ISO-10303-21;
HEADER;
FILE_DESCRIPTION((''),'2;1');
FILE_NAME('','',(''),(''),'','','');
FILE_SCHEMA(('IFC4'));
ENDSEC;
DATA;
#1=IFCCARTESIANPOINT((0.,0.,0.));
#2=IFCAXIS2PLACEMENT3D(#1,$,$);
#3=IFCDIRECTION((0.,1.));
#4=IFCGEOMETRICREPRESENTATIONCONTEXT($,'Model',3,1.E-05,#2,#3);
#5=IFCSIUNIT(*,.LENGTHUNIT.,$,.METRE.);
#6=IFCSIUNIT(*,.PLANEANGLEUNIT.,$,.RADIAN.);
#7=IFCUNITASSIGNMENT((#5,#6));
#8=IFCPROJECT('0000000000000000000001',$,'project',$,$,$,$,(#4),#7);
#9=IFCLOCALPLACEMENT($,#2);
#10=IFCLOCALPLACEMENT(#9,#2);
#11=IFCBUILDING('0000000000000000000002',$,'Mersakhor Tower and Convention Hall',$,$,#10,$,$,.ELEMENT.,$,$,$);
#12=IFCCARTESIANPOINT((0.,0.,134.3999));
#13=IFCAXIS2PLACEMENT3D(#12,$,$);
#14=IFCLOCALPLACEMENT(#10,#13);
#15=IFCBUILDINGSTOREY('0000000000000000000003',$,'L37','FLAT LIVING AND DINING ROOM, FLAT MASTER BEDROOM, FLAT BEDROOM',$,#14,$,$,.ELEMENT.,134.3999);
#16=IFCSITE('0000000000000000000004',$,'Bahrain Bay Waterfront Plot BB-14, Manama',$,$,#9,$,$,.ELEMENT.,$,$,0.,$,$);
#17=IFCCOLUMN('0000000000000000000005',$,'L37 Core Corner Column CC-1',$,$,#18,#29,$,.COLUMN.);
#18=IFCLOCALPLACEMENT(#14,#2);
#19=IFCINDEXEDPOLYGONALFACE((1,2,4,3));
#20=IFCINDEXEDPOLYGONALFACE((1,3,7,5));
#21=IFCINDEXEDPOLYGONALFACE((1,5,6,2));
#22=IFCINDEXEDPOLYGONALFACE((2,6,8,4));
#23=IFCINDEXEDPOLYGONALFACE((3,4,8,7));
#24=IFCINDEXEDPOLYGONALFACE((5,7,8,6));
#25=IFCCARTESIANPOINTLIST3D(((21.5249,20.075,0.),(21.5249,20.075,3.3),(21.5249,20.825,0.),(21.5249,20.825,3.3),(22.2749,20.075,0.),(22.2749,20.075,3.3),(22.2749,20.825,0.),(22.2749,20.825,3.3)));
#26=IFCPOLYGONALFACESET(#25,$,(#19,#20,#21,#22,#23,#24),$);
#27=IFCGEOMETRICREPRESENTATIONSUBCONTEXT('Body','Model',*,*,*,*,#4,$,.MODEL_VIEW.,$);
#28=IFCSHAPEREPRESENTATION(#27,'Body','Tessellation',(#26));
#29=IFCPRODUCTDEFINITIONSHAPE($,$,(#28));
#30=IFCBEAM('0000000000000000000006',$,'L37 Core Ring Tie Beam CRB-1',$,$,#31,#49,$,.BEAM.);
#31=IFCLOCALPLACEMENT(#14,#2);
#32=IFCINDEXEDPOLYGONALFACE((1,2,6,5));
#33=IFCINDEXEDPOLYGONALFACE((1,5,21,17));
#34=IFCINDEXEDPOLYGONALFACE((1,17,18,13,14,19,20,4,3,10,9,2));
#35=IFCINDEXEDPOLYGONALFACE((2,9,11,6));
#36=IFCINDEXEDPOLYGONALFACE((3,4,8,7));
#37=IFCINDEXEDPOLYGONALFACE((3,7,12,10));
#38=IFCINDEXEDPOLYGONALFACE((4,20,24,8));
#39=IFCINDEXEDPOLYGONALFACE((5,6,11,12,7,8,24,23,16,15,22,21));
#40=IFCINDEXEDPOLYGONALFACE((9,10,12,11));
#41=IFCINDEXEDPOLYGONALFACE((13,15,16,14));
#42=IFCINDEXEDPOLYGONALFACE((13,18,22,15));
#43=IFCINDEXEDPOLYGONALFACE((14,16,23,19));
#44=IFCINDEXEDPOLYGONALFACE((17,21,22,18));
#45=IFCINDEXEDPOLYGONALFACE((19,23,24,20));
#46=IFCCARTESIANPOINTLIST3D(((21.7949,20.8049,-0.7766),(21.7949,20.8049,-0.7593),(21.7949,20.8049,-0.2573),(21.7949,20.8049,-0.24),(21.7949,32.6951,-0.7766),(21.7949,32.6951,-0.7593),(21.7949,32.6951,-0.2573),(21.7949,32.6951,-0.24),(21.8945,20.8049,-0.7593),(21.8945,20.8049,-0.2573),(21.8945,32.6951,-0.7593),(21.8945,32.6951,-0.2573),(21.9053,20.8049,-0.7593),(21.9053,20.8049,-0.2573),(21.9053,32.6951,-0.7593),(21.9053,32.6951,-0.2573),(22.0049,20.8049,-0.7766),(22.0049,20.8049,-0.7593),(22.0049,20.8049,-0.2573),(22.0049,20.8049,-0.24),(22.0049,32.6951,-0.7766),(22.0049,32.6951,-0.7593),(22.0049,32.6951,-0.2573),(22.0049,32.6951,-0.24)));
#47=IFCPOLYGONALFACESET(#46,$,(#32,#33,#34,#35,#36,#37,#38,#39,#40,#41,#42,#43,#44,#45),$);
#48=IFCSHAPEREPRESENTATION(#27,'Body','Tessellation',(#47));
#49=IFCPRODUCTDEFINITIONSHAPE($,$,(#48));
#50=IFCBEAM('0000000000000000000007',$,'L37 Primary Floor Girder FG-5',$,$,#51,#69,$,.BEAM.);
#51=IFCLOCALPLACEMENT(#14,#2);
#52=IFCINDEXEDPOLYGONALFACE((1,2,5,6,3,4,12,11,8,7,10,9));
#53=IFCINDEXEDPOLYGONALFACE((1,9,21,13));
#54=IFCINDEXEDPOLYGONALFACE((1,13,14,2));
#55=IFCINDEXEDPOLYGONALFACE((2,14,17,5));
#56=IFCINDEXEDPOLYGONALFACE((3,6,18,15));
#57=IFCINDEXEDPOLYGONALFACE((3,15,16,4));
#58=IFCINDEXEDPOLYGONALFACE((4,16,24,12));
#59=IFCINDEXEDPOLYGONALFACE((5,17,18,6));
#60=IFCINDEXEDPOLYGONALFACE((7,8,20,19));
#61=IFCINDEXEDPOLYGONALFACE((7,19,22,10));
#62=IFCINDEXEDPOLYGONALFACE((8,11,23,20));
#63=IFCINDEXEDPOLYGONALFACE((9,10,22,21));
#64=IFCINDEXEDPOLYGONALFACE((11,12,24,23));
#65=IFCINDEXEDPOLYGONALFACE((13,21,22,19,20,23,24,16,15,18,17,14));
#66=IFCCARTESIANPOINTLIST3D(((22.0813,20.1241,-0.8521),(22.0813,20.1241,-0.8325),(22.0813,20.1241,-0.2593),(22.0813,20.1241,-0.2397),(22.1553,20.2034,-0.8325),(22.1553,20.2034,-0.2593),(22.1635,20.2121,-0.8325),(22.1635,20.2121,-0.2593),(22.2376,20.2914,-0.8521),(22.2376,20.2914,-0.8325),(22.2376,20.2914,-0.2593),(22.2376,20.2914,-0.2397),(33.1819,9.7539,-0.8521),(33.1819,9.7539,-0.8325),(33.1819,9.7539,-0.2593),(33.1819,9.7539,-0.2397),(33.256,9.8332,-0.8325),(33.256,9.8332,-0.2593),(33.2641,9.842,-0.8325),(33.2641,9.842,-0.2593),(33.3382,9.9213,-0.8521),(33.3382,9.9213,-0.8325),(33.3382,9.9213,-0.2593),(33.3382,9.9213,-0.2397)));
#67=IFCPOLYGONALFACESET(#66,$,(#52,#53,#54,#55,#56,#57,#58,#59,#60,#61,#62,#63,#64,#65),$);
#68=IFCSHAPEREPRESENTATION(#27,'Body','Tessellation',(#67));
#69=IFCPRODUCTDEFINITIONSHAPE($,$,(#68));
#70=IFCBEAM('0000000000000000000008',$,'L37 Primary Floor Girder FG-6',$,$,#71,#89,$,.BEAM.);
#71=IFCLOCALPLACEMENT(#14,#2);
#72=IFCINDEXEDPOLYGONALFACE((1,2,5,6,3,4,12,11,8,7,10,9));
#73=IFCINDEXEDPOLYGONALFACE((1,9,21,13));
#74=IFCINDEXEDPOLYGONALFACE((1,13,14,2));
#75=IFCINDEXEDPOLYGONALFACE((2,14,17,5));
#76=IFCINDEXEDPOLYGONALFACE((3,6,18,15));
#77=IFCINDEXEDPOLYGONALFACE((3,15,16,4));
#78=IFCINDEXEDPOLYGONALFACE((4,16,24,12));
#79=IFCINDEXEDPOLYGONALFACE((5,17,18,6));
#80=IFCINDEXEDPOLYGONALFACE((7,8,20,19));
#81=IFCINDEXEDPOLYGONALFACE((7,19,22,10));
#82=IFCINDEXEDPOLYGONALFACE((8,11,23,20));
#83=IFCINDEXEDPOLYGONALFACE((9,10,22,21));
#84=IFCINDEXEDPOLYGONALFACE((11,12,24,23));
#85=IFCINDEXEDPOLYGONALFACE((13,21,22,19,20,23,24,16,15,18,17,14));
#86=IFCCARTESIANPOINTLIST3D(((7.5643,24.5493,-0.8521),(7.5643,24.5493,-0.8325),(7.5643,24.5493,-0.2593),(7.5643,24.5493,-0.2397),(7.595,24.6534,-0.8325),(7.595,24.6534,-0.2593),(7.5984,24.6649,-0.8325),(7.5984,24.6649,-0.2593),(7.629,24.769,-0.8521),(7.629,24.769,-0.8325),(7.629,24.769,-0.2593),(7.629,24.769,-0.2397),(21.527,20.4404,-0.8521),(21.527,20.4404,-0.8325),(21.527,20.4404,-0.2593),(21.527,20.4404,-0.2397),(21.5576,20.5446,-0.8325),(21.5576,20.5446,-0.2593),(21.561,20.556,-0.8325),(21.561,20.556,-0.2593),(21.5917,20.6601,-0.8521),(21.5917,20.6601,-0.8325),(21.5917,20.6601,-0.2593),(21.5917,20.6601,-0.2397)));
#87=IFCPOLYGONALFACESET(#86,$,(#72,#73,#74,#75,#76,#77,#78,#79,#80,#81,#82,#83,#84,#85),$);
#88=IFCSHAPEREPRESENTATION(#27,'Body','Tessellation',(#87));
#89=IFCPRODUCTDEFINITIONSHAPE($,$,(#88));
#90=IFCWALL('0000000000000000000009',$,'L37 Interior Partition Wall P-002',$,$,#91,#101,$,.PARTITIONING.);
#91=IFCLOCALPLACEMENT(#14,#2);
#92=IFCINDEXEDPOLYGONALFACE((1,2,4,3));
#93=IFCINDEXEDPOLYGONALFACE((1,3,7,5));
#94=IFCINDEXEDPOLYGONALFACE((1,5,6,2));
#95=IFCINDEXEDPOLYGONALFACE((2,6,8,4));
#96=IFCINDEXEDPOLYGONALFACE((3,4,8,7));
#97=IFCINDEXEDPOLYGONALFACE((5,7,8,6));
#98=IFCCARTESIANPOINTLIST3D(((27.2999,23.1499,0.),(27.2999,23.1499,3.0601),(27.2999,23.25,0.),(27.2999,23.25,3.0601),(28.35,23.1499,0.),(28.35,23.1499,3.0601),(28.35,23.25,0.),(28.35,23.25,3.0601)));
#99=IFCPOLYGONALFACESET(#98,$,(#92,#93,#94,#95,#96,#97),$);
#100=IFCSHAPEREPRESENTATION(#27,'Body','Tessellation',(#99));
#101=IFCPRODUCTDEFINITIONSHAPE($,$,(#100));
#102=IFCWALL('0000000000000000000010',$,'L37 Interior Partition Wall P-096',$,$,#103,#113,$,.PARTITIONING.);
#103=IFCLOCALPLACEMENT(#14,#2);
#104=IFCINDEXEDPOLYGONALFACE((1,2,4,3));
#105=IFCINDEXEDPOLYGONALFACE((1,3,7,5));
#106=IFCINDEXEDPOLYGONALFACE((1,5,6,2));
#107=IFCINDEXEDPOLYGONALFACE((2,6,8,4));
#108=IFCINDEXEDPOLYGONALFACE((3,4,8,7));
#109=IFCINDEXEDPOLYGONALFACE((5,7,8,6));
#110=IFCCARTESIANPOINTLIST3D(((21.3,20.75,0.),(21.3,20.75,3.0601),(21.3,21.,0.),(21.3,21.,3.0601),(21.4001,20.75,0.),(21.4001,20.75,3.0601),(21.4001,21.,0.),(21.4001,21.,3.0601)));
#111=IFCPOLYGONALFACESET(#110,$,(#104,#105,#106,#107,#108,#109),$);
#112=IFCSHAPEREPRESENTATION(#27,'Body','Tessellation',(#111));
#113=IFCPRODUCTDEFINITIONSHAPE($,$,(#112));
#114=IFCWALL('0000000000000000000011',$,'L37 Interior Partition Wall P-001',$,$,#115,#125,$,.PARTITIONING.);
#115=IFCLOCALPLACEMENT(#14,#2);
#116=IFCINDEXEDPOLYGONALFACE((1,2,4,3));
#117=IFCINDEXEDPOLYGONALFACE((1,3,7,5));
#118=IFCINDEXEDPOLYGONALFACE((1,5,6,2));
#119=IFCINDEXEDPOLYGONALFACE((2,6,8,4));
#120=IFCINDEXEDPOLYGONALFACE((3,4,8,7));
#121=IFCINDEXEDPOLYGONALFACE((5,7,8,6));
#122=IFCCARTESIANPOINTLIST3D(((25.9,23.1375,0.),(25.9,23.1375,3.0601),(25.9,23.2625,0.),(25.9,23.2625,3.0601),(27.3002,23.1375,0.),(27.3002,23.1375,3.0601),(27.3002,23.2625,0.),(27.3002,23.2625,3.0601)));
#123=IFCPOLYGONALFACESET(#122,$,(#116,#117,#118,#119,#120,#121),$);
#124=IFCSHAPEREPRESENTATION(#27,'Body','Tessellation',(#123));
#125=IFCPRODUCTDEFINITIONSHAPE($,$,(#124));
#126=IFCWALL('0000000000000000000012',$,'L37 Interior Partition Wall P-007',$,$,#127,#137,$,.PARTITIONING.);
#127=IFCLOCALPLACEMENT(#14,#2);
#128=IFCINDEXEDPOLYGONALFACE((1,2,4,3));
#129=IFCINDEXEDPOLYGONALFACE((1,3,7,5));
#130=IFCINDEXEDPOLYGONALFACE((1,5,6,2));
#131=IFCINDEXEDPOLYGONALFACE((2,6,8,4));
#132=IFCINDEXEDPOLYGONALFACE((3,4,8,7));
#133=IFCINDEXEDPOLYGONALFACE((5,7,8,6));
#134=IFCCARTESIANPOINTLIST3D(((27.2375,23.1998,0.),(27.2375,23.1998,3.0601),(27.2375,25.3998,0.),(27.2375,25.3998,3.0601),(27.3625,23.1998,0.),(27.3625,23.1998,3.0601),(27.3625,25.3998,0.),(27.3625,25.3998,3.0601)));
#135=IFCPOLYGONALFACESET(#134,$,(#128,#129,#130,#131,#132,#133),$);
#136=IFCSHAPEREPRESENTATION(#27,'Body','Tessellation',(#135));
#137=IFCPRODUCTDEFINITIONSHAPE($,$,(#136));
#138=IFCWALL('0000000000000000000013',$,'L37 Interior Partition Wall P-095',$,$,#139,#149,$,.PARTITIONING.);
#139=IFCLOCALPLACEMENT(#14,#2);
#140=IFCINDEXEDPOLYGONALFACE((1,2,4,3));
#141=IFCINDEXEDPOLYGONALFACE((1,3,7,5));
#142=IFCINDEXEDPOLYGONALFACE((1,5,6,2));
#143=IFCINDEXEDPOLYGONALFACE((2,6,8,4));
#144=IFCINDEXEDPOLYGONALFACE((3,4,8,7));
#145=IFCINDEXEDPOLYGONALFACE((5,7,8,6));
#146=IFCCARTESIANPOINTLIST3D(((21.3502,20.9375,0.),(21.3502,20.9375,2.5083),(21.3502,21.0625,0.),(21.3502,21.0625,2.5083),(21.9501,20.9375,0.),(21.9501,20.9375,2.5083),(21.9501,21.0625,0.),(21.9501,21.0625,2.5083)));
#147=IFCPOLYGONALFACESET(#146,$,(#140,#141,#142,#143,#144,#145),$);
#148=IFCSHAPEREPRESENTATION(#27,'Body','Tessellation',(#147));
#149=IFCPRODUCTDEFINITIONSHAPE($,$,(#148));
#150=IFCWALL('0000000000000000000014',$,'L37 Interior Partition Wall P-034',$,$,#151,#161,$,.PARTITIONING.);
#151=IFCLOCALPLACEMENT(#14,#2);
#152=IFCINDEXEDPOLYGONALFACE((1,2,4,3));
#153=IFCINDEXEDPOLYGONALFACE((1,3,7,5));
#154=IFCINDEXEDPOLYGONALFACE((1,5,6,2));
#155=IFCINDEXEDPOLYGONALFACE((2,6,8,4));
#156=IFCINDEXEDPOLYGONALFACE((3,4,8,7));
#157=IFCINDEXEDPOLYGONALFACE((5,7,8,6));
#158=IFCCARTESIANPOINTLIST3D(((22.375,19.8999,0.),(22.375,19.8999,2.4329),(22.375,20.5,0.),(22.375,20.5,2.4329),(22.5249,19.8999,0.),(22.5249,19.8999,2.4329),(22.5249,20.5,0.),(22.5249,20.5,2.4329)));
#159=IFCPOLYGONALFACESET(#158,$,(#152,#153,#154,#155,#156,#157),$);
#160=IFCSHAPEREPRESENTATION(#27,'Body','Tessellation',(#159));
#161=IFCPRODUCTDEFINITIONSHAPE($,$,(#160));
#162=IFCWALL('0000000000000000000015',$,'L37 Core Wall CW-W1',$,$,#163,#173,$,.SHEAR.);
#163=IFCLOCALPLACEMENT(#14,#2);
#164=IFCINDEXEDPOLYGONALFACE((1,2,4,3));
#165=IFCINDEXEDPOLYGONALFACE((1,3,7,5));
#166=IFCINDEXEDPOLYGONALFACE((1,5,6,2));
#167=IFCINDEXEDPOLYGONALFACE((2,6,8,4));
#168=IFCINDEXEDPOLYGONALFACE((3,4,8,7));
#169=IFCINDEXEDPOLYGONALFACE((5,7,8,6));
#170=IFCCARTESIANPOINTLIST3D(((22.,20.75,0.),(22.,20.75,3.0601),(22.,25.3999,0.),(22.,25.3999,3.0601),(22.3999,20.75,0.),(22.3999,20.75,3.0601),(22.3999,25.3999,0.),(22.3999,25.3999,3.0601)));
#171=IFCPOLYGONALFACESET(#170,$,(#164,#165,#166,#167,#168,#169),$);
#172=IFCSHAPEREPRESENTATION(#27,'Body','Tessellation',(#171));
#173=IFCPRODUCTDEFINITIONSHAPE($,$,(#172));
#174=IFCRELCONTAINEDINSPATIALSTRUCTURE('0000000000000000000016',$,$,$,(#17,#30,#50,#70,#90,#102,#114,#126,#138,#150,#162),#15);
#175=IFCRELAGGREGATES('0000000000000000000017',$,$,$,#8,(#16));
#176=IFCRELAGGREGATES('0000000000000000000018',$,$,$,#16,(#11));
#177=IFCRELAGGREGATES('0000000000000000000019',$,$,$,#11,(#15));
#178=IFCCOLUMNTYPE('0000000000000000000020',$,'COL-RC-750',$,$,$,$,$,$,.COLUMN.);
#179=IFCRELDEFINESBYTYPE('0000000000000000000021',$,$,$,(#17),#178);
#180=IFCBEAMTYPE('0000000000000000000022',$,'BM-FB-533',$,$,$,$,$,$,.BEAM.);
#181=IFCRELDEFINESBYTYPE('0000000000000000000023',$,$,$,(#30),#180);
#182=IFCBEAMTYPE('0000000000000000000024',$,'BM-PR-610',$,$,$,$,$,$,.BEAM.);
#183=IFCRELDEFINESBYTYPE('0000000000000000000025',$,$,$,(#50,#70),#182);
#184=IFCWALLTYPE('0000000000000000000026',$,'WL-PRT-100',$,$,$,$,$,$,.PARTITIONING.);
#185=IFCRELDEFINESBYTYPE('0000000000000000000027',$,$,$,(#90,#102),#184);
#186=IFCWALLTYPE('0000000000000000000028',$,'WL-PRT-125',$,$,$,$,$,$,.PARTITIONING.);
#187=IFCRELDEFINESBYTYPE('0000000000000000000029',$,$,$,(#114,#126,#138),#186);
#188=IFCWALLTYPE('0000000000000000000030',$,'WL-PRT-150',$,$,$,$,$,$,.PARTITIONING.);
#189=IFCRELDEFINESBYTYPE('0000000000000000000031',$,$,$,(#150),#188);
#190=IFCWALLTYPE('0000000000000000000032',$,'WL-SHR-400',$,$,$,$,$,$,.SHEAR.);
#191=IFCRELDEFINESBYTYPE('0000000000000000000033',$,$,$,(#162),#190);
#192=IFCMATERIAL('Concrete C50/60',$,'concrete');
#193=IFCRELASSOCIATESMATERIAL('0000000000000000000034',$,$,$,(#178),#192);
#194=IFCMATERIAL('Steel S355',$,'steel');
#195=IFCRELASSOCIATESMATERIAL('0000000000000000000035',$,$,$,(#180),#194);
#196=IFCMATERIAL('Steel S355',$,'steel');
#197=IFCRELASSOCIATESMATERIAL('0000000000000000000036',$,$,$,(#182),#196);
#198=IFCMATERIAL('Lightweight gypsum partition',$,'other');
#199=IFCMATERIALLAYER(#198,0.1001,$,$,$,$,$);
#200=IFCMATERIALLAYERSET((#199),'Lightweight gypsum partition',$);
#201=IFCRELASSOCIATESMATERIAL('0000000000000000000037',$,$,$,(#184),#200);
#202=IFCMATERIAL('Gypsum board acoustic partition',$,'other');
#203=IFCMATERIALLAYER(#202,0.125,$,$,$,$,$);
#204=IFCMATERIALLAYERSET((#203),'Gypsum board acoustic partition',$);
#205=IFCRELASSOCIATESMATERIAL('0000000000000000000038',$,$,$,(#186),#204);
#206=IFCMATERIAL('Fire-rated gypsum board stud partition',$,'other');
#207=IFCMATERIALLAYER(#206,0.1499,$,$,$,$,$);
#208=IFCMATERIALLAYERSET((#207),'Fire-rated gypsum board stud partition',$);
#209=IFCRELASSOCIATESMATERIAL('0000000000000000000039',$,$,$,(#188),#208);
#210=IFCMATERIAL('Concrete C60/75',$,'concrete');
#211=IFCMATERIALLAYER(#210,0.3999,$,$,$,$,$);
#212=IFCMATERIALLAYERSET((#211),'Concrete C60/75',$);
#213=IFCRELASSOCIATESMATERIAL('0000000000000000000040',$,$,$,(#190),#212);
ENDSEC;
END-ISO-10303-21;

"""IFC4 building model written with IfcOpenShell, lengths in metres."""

from ifc_helpers import new_model, si_unit, direction, frame, frame_2d, origin, origin_2d, place, context, subcontext, project, spatial, rectangle, i_section, extrude, material, layer, layer_set, material_profile, profile_set, type_object, element, save


model = new_model("IFC4")

# Units and contexts
model_context = context("Model", 3, precision=1e-05, world=origin(), true_north=direction((0.0, 1.0)))
body_context = subcontext(model_context, "Body", "Model", "MODEL_VIEW")
ifc_project = project(units=[si_unit("LENGTHUNIT", "METRE"), si_unit("PLANEANGLEUNIT", "RADIAN")], contexts=[model_context])

# Site, building, storey
site_placement = place(None, origin())
site = spatial("IfcSite", under=ifc_project, at=site_placement, Name="Bahrain Bay Waterfront Plot BB-14, Manama", CompositionType="ELEMENT", RefElevation=0.0)
building_placement = place(site_placement, origin())
building = spatial("IfcBuilding", under=site, at=building_placement, Name="Mersakhor Tower and Convention Hall", CompositionType="ELEMENT")
storey_placement = place(building_placement, frame((0.0, 0.0, 134.3999)))
storey = spatial("IfcBuildingStorey", under=building, at=storey_placement, Name="L37", Description="FLAT LIVING AND DINING ROOM, FLAT MASTER BEDROOM, FLAT BEDROOM", CompositionType="ELEMENT", Elevation=134.3999)

# Column
ifc_material_1 = material(Name="Concrete C50/60", Category="concrete")
ifc_material_profile_1 = material_profile(ifc_material_1, rectangle(XDim=0.75, YDim=0.75, at=origin_2d()), Name="RC 750x750")
ifc_profile_set_1 = profile_set([ifc_material_profile_1], Name="Concrete C50/60")
column_type = type_object("IfcColumnType", Name="COL-RC-750", PredefinedType="COLUMN", material=ifc_profile_set_1)
column_placement = place(storey_placement, frame((21.8999, 20.45, 0.0), z_axis=(0.0, 0.0, 1.0), x_axis=(1.0, 0.0, 0.0)))
element("IfcColumn", 1, at=column_placement, inside=storey, type_object=column_type, Name="L37 Core Corner Column CC-1", PredefinedType="COLUMN", context=body_context, shape_type="SweptSolid", body=[
    extrude(rectangle(XDim=0.75, YDim=0.75, at=origin_2d()), origin(), (0.0, 0.0, 1.0), 3.3),
])

# Beams
ifc_material_2 = material(Name="Steel S355", Category="steel")
ifc_material_profile_2 = material_profile(ifc_material_2, i_section(OverallWidth=0.21, OverallDepth=0.5366, WebThickness=0.0107, FlangeThickness=0.0173, at=origin_2d()), Name="UB 533x210x101")
ifc_profile_set_2 = profile_set([ifc_material_profile_2], Name="Steel S355")
beam_type_1 = type_object("IfcBeamType", Name="BM-FB-533", PredefinedType="BEAM", material=ifc_profile_set_2)
beam_1_placement = place(storey_placement, frame((21.8999, 20.8049, -0.5083), z_axis=(0.0, 1.0, 0.0), x_axis=(-1.0, 0.0, 0.0)))
element("IfcBeam", 2, at=beam_1_placement, inside=storey, type_object=beam_type_1, Name="L37 Core Ring Tie Beam CRB-1", PredefinedType="BEAM", context=body_context, shape_type="SweptSolid", body=[
    extrude(i_section(OverallWidth=0.21, OverallDepth=0.5366, WebThickness=0.0107, FlangeThickness=0.0173, at=origin_2d()), origin(), (0.0, 0.0, 1.0), 11.8901),
])
ifc_material_3 = material(Name="Steel S355", Category="steel")
ifc_material_profile_3 = material_profile(ifc_material_3, i_section(OverallWidth=0.229, OverallDepth=0.6123, WebThickness=0.012, FlangeThickness=0.0195, at=origin_2d()), Name="UB 610x229x125")
ifc_profile_set_3 = profile_set([ifc_material_profile_3], Name="Steel S355")
beam_type_2 = type_object("IfcBeamType", Name="BM-PR-610", PredefinedType="BEAM", material=ifc_profile_set_3)
beam_2_placement = place(storey_placement, frame((22.1594, 20.2078, -0.5459), z_axis=(0.730741, -0.682655, 0.0), x_axis=(0.682655, 0.730741, 0.0)))
element("IfcBeam", 3, at=beam_2_placement, inside=storey, type_object=beam_type_2, Name="L37 Primary Floor Girder FG-5", PredefinedType="BEAM", context=body_context, shape_type="SweptSolid", body=[
    extrude(i_section(OverallWidth=0.229, OverallDepth=0.6123, WebThickness=0.012, FlangeThickness=0.0195, at=origin_2d()), origin(), (0.0, 0.0, 1.0), 15.1909),
])
beam_3_placement = place(storey_placement, frame((21.5593, 20.5503, -0.5459), z_axis=(-0.959324, 0.282307, 0.0), x_axis=(-0.282307, -0.959324, 0.0)))
element("IfcBeam", 4, at=beam_3_placement, inside=storey, type_object=beam_type_2, Name="L37 Primary Floor Girder FG-6", PredefinedType="BEAM", context=body_context, shape_type="SweptSolid", body=[
    extrude(i_section(OverallWidth=0.229, OverallDepth=0.6123, WebThickness=0.012, FlangeThickness=0.0195, at=origin_2d()), origin(), (0.0, 0.0, 1.0), 14.5547),
])

# Walls
ifc_material_4 = material(Name="Lightweight gypsum partition", Category="other")
ifc_layer_1 = layer(ifc_material_4, 0.1001)
ifc_layer_set_1 = layer_set([ifc_layer_1], Name="Lightweight gypsum partition")
wall_type_1 = type_object("IfcWallType", Name="WL-PRT-100", PredefinedType="PARTITIONING", material=ifc_layer_set_1)
wall_1_placement = place(storey_placement, frame((27.3, 23.2, 0.0), z_axis=(0.0, 0.0, 1.0), x_axis=(1.0, 0.0, 0.0)))
element("IfcWall", 5, at=wall_1_placement, inside=storey, type_object=wall_type_1, Name="L37 Interior Partition Wall P-002", PredefinedType="PARTITIONING", context=body_context, shape_type="SweptSolid", body=[
    extrude(rectangle(XDim=1.05, YDim=0.1001, at=frame_2d((0.5249, 0.0))), origin(), (0.0, 0.0, 1.0), 3.0601),
])
wall_2_placement = place(storey_placement, frame((21.3501, 21.0, 0.0), z_axis=(0.0, 0.0, 1.0), x_axis=(0.0, -1.0, 0.0)))
element("IfcWall", 6, at=wall_2_placement, inside=storey, type_object=wall_type_1, Name="L37 Interior Partition Wall P-096", PredefinedType="PARTITIONING", context=body_context, shape_type="SweptSolid", body=[
    extrude(rectangle(XDim=0.25, YDim=0.1001, at=frame_2d((0.125, 0.0))), origin(), (0.0, 0.0, 1.0), 3.0601),
])
ifc_material_5 = material(Name="Gypsum board acoustic partition", Category="other")
ifc_layer_2 = layer(ifc_material_5, 0.125)
ifc_layer_set_2 = layer_set([ifc_layer_2], Name="Gypsum board acoustic partition")
wall_type_2 = type_object("IfcWallType", Name="WL-PRT-125", PredefinedType="PARTITIONING", material=ifc_layer_set_2)
wall_3_placement = place(storey_placement, frame((25.8999, 23.2, 0.0), z_axis=(0.0, 0.0, 1.0), x_axis=(1.0, 0.0, 0.0)))
element("IfcWall", 7, at=wall_3_placement, inside=storey, type_object=wall_type_2, Name="L37 Interior Partition Wall P-001", PredefinedType="PARTITIONING", context=body_context, shape_type="SweptSolid", body=[
    extrude(rectangle(XDim=1.4001, YDim=0.125, at=frame_2d((0.7002, 0.0))), origin(), (0.0, 0.0, 1.0), 3.0601),
])
wall_4_placement = place(storey_placement, frame((27.3, 25.3999, 0.0), z_axis=(0.0, 0.0, 1.0), x_axis=(0.0, -1.0, 0.0)))
element("IfcWall", 8, at=wall_4_placement, inside=storey, type_object=wall_type_2, Name="L37 Interior Partition Wall P-007", PredefinedType="PARTITIONING", context=body_context, shape_type="SweptSolid", body=[
    extrude(rectangle(XDim=2.2, YDim=0.125, at=frame_2d((1.1001, 0.0))), origin(), (0.0, 0.0, 1.0), 3.0601),
])
wall_5_placement = place(storey_placement, frame((21.95, 21.0, 0.0), z_axis=(0.0, 0.0, 1.0), x_axis=(-1.0, 0.0, 0.0)))
element("IfcWall", 9, at=wall_5_placement, inside=storey, type_object=wall_type_2, Name="L37 Interior Partition Wall P-095", PredefinedType="PARTITIONING", context=body_context, shape_type="SweptSolid", body=[
    extrude(rectangle(XDim=0.5999, YDim=0.125, at=frame_2d((0.2998, 0.0))), origin(), (0.0, 0.0, 1.0), 2.5083),
])
ifc_material_6 = material(Name="Fire-rated gypsum board stud partition", Category="other")
ifc_layer_3 = layer(ifc_material_6, 0.1499)
ifc_layer_set_3 = layer_set([ifc_layer_3], Name="Fire-rated gypsum board stud partition")
wall_type_3 = type_object("IfcWallType", Name="WL-PRT-150", PredefinedType="PARTITIONING", material=ifc_layer_set_3)
wall_6_placement = place(storey_placement, frame((22.45, 19.8999, 0.0), z_axis=(0.0, 0.0, 1.0), x_axis=(0.0, 1.0, 0.0)))
element("IfcWall", 10, at=wall_6_placement, inside=storey, type_object=wall_type_3, Name="L37 Interior Partition Wall P-034", PredefinedType="PARTITIONING", context=body_context, shape_type="SweptSolid", body=[
    extrude(rectangle(XDim=0.6001, YDim=0.1499, at=frame_2d((0.3, 0.0))), origin(), (0.0, 0.0, 1.0), 2.4329),
])

# Wall
ifc_material_7 = material(Name="Concrete C60/75", Category="concrete")
ifc_layer_4 = layer(ifc_material_7, 0.3999)
ifc_layer_set_4 = layer_set([ifc_layer_4], Name="Concrete C60/75")
wall_type_4 = type_object("IfcWallType", Name="WL-SHR-400", PredefinedType="SHEAR", material=ifc_layer_set_4)
wall_7_placement = place(storey_placement, frame((22.2, 20.75, 0.0), z_axis=(0.0, 0.0, 1.0), x_axis=(0.0, 1.0, 0.0)))
element("IfcWall", 11, at=wall_7_placement, inside=storey, type_object=wall_type_4, Name="L37 Core Wall CW-W1", PredefinedType="SHEAR", context=body_context, shape_type="SweptSolid", body=[
    extrude(rectangle(XDim=4.6499, YDim=0.3999, at=frame_2d((2.325, 0.0))), origin(), (0.0, 0.0, 1.0), 3.0601),
])

save(model, "model.ifc")
